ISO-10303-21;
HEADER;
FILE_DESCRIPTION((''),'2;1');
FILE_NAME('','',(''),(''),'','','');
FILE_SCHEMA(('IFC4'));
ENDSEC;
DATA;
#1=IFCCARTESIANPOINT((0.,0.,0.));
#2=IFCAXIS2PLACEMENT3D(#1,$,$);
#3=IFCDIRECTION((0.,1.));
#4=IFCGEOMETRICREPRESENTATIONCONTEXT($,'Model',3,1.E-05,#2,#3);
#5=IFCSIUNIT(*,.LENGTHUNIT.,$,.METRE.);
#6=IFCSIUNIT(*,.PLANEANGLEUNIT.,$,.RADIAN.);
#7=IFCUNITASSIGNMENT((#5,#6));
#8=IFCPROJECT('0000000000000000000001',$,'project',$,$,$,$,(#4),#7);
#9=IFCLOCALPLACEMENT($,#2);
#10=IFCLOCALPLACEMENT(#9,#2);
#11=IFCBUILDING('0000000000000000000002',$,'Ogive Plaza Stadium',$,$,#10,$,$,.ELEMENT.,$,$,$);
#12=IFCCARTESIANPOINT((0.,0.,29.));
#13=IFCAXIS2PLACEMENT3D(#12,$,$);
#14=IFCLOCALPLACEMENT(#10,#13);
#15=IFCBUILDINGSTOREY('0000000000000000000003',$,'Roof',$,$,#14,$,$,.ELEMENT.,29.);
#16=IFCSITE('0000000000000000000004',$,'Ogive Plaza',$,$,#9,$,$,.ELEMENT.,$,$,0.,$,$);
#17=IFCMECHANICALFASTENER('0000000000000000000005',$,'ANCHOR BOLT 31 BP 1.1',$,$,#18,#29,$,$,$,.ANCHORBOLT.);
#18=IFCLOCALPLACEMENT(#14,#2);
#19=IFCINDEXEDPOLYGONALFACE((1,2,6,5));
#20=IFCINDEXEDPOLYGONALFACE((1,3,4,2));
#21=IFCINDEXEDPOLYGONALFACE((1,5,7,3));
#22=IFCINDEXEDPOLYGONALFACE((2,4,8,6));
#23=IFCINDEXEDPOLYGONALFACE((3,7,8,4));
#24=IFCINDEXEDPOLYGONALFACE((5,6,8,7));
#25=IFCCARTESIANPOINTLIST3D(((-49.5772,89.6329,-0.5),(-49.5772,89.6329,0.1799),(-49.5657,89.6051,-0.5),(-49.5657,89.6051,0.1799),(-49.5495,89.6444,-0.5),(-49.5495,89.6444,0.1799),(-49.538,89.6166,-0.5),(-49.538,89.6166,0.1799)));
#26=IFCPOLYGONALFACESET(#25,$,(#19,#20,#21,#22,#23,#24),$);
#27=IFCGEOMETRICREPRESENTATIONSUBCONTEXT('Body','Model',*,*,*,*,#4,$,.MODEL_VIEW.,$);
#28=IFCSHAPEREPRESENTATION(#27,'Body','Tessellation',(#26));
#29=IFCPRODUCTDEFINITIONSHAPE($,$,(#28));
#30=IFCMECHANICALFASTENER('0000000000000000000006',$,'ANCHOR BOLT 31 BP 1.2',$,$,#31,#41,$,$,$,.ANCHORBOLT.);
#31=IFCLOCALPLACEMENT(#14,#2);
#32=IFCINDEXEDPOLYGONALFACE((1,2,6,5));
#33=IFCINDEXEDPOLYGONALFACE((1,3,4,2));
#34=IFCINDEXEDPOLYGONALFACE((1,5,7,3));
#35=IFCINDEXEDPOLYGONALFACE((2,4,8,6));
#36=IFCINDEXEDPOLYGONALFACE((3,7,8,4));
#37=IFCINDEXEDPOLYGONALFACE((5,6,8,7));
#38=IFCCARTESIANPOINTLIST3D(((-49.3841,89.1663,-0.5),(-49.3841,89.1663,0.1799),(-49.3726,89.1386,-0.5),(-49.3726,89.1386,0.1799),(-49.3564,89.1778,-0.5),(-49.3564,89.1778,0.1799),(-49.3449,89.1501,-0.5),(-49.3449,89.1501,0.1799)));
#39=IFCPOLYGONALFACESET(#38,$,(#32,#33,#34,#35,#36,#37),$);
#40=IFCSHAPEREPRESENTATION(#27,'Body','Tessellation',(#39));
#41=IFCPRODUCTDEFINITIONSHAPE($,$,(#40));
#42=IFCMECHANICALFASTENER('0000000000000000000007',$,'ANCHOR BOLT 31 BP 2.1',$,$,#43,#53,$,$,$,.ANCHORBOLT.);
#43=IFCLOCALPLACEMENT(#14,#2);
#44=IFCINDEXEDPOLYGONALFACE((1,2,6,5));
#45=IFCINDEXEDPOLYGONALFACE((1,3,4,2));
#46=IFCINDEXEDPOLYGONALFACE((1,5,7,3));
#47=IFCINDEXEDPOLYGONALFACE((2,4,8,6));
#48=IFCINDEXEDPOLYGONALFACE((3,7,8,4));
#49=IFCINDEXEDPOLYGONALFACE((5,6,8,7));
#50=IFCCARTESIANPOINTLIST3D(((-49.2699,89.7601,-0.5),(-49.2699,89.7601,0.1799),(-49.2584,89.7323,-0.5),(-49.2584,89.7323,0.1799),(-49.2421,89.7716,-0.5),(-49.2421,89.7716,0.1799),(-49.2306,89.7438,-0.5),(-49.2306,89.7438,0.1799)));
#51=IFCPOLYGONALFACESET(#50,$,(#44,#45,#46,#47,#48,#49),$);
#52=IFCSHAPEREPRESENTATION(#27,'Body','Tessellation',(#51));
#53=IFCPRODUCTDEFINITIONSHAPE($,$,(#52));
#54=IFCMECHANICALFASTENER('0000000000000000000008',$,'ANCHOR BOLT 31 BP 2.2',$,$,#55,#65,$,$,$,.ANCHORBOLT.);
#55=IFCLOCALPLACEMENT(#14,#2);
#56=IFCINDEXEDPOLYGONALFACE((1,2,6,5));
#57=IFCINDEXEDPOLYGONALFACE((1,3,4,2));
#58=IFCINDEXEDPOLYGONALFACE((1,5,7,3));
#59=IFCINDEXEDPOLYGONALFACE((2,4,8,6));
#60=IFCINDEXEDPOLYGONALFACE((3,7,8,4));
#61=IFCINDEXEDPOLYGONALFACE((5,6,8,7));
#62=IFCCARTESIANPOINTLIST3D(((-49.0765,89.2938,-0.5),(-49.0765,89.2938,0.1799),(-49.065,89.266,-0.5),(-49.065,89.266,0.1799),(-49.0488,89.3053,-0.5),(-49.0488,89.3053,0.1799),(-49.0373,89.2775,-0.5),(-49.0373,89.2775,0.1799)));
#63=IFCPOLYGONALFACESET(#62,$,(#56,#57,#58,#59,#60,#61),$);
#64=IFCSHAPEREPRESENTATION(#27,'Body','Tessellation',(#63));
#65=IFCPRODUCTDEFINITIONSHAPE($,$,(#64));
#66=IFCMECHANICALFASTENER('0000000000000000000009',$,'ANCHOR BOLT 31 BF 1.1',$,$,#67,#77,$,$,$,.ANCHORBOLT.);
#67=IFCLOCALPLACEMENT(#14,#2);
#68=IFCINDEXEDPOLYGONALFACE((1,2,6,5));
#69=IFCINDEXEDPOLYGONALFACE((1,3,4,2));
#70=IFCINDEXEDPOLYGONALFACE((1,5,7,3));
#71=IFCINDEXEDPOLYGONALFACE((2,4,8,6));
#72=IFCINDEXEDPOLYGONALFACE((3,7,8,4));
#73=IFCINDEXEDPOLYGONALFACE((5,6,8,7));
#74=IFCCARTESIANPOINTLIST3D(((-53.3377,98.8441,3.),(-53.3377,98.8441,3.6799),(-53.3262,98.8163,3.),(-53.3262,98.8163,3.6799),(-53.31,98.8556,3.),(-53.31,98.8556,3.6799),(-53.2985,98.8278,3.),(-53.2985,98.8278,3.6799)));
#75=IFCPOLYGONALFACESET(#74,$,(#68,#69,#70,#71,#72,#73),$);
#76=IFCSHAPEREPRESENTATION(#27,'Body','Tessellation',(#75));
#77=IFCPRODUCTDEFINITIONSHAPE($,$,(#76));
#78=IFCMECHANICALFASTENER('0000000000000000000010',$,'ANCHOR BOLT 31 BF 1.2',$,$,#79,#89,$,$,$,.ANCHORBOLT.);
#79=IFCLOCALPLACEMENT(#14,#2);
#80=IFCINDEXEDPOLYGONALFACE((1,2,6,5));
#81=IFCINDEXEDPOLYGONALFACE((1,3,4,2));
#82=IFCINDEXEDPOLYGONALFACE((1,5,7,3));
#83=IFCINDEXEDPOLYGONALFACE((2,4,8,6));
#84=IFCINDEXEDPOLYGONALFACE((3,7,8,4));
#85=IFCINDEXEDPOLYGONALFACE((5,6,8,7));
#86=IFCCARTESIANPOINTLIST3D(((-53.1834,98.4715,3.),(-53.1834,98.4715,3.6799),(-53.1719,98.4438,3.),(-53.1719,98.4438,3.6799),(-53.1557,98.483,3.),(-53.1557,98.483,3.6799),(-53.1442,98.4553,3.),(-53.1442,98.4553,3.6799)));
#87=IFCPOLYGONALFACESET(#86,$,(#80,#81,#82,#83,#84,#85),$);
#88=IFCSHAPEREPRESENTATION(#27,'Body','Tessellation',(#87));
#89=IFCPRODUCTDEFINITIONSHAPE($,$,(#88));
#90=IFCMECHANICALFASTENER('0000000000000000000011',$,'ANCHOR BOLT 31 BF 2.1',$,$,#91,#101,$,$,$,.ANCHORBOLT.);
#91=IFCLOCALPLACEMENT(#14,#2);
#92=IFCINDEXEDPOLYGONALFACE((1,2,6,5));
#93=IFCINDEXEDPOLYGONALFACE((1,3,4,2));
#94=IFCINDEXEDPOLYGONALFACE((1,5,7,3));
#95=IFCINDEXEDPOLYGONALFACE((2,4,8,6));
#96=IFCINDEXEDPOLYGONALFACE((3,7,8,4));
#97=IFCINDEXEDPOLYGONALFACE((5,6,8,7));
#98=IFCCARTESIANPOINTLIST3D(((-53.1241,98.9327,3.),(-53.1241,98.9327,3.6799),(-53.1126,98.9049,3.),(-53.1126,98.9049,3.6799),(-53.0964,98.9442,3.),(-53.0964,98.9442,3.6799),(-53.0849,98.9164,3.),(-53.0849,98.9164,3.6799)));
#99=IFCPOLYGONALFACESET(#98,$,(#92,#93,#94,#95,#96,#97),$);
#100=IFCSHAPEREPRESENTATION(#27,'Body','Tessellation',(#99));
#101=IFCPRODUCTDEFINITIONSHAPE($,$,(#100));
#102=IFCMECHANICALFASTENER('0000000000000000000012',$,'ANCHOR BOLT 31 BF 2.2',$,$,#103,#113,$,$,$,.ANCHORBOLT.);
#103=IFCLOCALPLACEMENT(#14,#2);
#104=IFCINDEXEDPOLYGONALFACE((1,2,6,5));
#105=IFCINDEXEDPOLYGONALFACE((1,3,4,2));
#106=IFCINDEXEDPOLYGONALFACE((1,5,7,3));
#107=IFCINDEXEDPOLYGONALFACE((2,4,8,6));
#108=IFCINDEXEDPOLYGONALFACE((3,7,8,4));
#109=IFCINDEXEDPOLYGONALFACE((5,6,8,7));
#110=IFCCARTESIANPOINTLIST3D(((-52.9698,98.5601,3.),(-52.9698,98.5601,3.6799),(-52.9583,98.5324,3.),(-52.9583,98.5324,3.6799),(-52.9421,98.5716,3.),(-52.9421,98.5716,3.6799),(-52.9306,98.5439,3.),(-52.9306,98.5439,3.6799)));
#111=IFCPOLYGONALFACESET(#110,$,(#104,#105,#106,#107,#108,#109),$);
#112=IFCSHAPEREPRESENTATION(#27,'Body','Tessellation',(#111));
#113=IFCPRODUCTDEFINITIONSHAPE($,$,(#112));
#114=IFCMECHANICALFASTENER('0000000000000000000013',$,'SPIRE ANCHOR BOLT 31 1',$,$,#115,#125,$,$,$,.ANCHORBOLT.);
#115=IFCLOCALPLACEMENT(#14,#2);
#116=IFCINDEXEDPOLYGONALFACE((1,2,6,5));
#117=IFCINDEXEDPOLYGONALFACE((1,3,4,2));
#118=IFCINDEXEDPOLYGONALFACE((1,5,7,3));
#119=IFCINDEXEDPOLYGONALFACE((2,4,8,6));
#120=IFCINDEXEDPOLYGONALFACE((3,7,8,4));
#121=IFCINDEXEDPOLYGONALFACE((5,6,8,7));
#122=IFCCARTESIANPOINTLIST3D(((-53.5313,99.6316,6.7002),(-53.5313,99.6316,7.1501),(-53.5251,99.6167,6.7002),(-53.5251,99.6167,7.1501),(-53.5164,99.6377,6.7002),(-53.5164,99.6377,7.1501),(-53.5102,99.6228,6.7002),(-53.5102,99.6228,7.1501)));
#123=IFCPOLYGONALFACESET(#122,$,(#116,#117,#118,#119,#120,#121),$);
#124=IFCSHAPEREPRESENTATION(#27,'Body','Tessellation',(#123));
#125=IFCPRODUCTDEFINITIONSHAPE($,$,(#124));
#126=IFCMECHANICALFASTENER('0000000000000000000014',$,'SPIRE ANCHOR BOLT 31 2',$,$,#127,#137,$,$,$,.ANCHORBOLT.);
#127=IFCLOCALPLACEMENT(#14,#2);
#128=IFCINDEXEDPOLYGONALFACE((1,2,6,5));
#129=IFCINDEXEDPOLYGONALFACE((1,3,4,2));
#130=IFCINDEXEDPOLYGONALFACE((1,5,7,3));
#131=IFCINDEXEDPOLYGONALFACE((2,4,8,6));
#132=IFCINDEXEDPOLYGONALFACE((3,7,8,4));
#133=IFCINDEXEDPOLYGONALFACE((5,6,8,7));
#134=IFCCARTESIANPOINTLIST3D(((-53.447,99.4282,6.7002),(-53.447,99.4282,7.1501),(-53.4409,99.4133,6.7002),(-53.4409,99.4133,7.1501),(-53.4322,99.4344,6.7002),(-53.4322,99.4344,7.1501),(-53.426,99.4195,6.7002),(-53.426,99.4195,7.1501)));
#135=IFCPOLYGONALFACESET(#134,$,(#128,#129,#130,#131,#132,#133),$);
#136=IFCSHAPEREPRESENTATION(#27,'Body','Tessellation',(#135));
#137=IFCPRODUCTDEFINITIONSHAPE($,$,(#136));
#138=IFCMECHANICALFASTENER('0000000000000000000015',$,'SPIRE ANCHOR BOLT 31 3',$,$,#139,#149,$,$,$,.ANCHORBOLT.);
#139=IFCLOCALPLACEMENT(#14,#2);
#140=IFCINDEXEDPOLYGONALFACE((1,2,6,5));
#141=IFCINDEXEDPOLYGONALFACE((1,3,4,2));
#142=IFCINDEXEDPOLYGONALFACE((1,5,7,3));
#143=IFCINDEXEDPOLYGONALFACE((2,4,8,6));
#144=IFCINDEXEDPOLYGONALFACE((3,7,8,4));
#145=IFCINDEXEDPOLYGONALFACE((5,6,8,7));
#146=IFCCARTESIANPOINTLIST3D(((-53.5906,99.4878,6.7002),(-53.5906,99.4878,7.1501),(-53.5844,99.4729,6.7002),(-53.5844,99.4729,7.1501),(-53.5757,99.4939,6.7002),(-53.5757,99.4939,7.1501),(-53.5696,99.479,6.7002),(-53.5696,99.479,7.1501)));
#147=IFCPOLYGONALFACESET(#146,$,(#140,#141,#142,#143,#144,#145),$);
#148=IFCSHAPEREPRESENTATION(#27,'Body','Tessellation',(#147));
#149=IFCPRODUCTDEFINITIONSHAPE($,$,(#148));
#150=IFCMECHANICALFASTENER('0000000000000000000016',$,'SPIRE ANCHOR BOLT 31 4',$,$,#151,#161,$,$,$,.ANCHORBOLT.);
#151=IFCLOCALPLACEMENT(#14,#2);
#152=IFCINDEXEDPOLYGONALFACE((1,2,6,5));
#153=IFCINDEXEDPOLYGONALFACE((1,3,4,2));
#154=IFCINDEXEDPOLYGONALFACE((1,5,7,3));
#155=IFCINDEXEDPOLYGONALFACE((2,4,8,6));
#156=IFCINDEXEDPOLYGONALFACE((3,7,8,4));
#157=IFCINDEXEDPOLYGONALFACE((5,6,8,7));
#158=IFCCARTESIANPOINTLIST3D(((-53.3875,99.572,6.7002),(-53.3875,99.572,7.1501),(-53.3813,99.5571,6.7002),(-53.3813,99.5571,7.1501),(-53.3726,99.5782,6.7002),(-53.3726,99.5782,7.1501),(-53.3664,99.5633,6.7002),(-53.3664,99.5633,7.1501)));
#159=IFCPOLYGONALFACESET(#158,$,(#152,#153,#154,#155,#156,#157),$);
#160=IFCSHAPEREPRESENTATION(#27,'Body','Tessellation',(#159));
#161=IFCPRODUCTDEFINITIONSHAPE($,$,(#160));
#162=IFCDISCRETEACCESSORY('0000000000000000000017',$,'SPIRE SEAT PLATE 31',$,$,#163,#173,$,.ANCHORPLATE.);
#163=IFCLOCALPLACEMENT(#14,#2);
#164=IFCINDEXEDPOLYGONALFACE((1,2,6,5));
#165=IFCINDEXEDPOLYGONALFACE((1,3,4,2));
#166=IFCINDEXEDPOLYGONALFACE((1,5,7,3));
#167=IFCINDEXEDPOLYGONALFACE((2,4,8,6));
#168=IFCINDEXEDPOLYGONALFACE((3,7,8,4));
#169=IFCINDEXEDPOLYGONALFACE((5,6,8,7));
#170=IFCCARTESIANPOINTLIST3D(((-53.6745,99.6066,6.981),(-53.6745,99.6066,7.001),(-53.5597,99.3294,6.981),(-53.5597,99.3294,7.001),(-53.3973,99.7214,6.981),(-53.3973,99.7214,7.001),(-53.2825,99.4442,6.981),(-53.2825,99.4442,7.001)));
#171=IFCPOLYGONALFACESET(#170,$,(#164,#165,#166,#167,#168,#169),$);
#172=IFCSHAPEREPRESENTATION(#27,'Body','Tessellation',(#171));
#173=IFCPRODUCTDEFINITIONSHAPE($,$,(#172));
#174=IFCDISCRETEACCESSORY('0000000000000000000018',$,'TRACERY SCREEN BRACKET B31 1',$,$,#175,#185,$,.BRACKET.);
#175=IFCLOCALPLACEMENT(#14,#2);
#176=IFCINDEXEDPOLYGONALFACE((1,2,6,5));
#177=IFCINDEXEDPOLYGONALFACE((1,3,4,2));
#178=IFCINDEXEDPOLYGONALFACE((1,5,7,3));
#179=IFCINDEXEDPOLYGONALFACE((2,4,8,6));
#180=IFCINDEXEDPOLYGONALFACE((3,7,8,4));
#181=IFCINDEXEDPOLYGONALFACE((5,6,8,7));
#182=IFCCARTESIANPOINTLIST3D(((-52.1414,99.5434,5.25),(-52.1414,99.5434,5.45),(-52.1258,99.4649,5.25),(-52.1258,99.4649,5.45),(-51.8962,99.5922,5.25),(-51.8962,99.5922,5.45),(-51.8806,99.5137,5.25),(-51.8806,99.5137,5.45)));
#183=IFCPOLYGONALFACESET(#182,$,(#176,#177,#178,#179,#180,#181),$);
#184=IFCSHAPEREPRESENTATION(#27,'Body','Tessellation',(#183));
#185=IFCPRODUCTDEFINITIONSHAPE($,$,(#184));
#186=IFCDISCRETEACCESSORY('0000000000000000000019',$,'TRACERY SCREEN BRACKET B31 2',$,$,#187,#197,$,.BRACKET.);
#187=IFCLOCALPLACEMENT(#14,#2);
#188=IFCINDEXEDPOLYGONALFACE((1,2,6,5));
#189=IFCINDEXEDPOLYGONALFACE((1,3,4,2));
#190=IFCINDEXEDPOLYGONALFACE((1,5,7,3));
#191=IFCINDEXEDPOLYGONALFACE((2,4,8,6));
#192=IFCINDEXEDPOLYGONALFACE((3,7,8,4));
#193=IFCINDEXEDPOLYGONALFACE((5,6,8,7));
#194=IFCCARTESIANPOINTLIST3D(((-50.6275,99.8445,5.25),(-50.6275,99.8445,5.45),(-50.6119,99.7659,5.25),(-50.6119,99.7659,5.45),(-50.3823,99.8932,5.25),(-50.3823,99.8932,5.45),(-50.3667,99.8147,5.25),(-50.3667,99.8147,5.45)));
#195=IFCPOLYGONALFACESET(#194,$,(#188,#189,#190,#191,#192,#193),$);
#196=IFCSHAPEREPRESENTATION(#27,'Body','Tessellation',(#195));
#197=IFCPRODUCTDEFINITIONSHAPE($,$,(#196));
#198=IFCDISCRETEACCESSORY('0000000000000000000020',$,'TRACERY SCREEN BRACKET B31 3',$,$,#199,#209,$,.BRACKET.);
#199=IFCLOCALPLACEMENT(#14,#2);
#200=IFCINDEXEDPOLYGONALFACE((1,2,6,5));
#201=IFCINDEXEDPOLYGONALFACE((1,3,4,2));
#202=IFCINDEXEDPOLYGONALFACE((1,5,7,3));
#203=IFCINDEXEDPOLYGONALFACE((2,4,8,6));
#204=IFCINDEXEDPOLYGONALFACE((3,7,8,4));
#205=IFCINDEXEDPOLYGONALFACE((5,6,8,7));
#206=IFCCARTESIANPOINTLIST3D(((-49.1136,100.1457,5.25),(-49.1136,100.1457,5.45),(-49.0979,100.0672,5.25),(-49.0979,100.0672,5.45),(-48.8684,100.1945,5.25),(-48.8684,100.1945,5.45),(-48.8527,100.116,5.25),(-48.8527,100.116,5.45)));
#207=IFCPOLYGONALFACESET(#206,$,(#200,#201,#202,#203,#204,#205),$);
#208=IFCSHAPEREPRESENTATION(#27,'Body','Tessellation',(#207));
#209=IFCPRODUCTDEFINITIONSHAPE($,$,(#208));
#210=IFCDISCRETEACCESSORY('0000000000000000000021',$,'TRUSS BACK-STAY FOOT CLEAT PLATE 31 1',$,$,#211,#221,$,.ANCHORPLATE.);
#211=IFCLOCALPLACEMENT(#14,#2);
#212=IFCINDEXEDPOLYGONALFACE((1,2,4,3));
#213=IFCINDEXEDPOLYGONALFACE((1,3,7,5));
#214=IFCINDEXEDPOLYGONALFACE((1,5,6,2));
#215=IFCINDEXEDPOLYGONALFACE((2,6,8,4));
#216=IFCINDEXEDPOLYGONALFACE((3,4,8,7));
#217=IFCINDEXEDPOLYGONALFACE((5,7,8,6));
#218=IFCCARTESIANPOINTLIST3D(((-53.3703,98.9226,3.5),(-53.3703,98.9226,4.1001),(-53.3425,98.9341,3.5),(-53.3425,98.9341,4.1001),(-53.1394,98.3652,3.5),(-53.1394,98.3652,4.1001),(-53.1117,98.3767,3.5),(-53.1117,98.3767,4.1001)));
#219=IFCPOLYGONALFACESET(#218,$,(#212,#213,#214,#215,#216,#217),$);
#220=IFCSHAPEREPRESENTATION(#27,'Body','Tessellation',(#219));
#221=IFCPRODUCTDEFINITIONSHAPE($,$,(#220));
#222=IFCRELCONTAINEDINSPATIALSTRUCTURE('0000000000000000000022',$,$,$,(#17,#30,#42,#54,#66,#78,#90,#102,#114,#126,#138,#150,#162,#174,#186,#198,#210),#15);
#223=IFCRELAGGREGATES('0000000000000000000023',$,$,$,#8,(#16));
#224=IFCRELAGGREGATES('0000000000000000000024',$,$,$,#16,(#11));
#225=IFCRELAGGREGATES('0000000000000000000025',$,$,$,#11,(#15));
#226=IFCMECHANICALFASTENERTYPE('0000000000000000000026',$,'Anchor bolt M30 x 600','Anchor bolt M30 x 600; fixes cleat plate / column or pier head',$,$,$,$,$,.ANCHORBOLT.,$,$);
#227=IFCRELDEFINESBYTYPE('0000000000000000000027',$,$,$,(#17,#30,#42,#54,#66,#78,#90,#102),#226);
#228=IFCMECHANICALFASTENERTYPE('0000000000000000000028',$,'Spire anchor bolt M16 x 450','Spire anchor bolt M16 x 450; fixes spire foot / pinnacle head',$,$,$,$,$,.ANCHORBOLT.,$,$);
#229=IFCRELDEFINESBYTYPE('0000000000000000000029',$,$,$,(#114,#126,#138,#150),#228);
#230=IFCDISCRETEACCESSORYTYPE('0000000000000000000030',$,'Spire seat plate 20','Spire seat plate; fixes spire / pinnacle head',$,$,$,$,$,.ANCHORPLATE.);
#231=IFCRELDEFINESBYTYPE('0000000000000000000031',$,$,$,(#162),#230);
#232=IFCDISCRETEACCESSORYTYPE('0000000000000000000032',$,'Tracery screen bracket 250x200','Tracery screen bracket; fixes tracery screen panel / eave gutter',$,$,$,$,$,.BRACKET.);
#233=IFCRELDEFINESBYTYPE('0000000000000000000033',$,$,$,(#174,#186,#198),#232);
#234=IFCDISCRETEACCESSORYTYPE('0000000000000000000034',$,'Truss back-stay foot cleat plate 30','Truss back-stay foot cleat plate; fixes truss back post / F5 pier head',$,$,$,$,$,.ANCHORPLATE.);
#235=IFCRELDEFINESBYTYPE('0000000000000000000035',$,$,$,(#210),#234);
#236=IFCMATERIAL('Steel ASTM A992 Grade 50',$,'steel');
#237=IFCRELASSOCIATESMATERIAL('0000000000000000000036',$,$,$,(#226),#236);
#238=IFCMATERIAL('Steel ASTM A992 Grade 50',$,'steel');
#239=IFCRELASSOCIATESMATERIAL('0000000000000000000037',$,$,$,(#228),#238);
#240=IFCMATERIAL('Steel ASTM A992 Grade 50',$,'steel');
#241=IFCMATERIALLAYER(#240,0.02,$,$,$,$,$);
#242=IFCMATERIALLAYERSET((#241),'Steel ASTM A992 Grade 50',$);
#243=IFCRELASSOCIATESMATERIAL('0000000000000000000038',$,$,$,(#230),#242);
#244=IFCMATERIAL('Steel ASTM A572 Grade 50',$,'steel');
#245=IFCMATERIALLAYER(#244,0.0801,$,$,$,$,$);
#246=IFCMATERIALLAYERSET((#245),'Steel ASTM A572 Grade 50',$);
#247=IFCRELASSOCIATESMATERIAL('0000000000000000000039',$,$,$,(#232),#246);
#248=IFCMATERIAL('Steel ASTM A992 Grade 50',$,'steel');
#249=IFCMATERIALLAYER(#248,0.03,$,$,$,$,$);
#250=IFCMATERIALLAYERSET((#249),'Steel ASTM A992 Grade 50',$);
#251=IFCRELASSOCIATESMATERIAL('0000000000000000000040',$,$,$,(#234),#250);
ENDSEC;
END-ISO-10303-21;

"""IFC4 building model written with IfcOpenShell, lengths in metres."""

from ifc_helpers import new_model, si_unit, direction, frame, origin, origin_2d, place, context, subcontext, project, spatial, rectangle, extrude, material, layer, layer_set, type_object, element, save


model = new_model("IFC4")

# Units and contexts
model_context = context("Model", 3, precision=1e-05, world=origin(), true_north=direction((0.0, 1.0)))
body_context = subcontext(model_context, "Body", "Model", "MODEL_VIEW")
ifc_project = project(units=[si_unit("LENGTHUNIT", "METRE"), si_unit("PLANEANGLEUNIT", "RADIAN")], contexts=[model_context])

# Site, building, storey
site_placement = place(None, origin())
site = spatial("IfcSite", under=ifc_project, at=site_placement, Name="Ogive Plaza", CompositionType="ELEMENT", RefElevation=0.0)
building_placement = place(site_placement, origin())
building = spatial("IfcBuilding", under=site, at=building_placement, Name="Ogive Plaza Stadium", CompositionType="ELEMENT")
storey_placement = place(building_placement, frame((0.0, 0.0, 29.0)))
storey = spatial("IfcBuildingStorey", under=building, at=storey_placement, Name="Roof", CompositionType="ELEMENT", Elevation=29.0)

# Mechanical fasteners
ifc_material_1 = material(Name="Steel ASTM A992 Grade 50", Category="steel")
mechanical_fastener_type_1 = type_object("IfcMechanicalFastenerType", Name="Anchor bolt M30 x 600", Description="Anchor bolt M30 x 600; fixes cleat plate / column or pier head", PredefinedType="ANCHORBOLT", material=ifc_material_1)
for number, where, z_axis, x_axis, name in (
    (1, (-49.5576, 89.6248, -0.5), (0.0, 0.0, 1.0), (-0.382683, 0.92388, 0.0), "ANCHOR BOLT 31 BP 1.1"),
    (2, (-49.3645, 89.1582, -0.5), (0.0, 0.0, 1.0), (-0.382683, 0.92388, 0.0), "ANCHOR BOLT 31 BP 1.2"),
    (3, (-49.2502, 89.752, -0.5), (0.0, 0.0, 1.0), (-0.382683, 0.92388, 0.0), "ANCHOR BOLT 31 BP 2.1"),
    (4, (-49.0569, 89.2856, -0.5), (0.0, 0.0, 1.0), (-0.382683, 0.92388, 0.0), "ANCHOR BOLT 31 BP 2.2"),
    (5, (-53.3181, 98.8359, 3.0), (0.0, 0.0, 1.0), (-0.382683, 0.92388, 0.0), "ANCHOR BOLT 31 BF 1.1"),
    (6, (-53.1638, 98.4634, 3.0), (0.0, 0.0, 1.0), (-0.382683, 0.92388, 0.0), "ANCHOR BOLT 31 BF 1.2"),
    (7, (-53.1045, 98.9246, 3.0), (0.0, 0.0, 1.0), (-0.382683, 0.92388, 0.0), "ANCHOR BOLT 31 BF 2.1"),
    (8, (-52.9502, 98.552, 3.0), (0.0, 0.0, 1.0), (-0.382683, 0.92388, 0.0), "ANCHOR BOLT 31 BF 2.2"),
):
    element("IfcMechanicalFastener", number, at=place(storey_placement, frame(where, z_axis=z_axis, x_axis=x_axis)), inside=storey, type_object=mechanical_fastener_type_1, Name=name, PredefinedType="ANCHORBOLT", context=body_context, shape_type="SweptSolid", body=[
        extrude(rectangle(XDim=0.03, YDim=0.03, at=origin_2d()), origin(), (0.0, 0.0, 1.0), 0.6799),
    ])
ifc_material_2 = material(Name="Steel ASTM A992 Grade 50", Category="steel")
mechanical_fastener_type_2 = type_object("IfcMechanicalFastenerType", Name="Spire anchor bolt M16 x 450", Description="Spire anchor bolt M16 x 450; fixes spire foot / pinnacle head", PredefinedType="ANCHORBOLT", material=ifc_material_2)
for number, where, z_axis, x_axis, name in (
    (9, (-53.5208, 99.6272, 6.7002), (0.0, 0.0, 1.0), (-0.382683, 0.92388, 0.0), "SPIRE ANCHOR BOLT 31 1"),
    (10, (-53.4365, 99.4238, 6.7002), (0.0, 0.0, 1.0), (-0.382683, 0.92388, 0.0), "SPIRE ANCHOR BOLT 31 2"),
    (11, (-53.5801, 99.4834, 6.7002), (0.0, 0.0, 1.0), (-0.382683, 0.92388, 0.0), "SPIRE ANCHOR BOLT 31 3"),
    (12, (-53.377, 99.5676, 6.7002), (0.0, 0.0, 1.0), (-0.382683, 0.92388, 0.0), "SPIRE ANCHOR BOLT 31 4"),
):
    element("IfcMechanicalFastener", number, at=place(storey_placement, frame(where, z_axis=z_axis, x_axis=x_axis)), inside=storey, type_object=mechanical_fastener_type_2, Name=name, PredefinedType="ANCHORBOLT", context=body_context, shape_type="SweptSolid", body=[
        extrude(rectangle(XDim=0.0161, YDim=0.0161, at=origin_2d()), origin(), (0.0, 0.0, 1.0), 0.45),
    ])

# Discrete accessories
ifc_material_3 = material(Name="Steel ASTM A992 Grade 50", Category="steel")
ifc_layer_1 = layer(ifc_material_3, 0.02)
ifc_layer_set_1 = layer_set([ifc_layer_1], Name="Steel ASTM A992 Grade 50")
discrete_accessory_type_1 = type_object("IfcDiscreteAccessoryType", Name="Spire seat plate 20", Description="Spire seat plate; fixes spire / pinnacle head", PredefinedType="ANCHORPLATE", material=ifc_layer_set_1)
discrete_accessory_placement = place(storey_placement, frame((-53.4785, 99.5254, 6.981), z_axis=(0.0, 0.0, 1.0), x_axis=(-0.382683, 0.92388, 0.0)))
element("IfcDiscreteAccessory", 13, at=discrete_accessory_placement, inside=storey, type_object=discrete_accessory_type_1, Name="SPIRE SEAT PLATE 31", PredefinedType="ANCHORPLATE", context=body_context, shape_type="SweptSolid", body=[
    extrude(rectangle(XDim=0.3, YDim=0.3, at=origin_2d()), origin(), (0.0, 0.0, 1.0), 0.02),
])
ifc_material_4 = material(Name="Steel ASTM A572 Grade 50", Category="steel")
ifc_layer_2 = layer(ifc_material_4, 0.0801)
ifc_layer_set_2 = layer_set([ifc_layer_2], Name="Steel ASTM A572 Grade 50")
discrete_accessory_type_2 = type_object("IfcDiscreteAccessoryType", Name="Tracery screen bracket 250x200", Description="Tracery screen bracket; fixes tracery screen panel / eave gutter", PredefinedType="BRACKET", material=ifc_layer_set_2)
for number, where, z_axis, x_axis, name in (
    (14, (-52.011, 99.5286, 5.25), (0.0, 0.0, 1.0), (0.980785, 0.19509, 0.0), "TRACERY SCREEN BRACKET B31 1"),
    (15, (-50.4971, 99.8296, 5.25), (0.0, 0.0, 1.0), (0.980785, 0.19509, 0.0), "TRACERY SCREEN BRACKET B31 2"),
    (16, (-48.9832, 100.1309, 5.25), (0.0, 0.0, 1.0), (0.980785, 0.19509, 0.0), "TRACERY SCREEN BRACKET B31 3"),
):
    element("IfcDiscreteAccessory", number, at=place(storey_placement, frame(where, z_axis=z_axis, x_axis=x_axis)), inside=storey, type_object=discrete_accessory_type_2, Name=name, PredefinedType="BRACKET", context=body_context, shape_type="SweptSolid", body=[
        extrude(rectangle(XDim=0.25, YDim=0.0801, at=origin_2d()), origin(), (0.0, 0.0, 1.0), 0.2),
    ])
ifc_material_5 = material(Name="Steel ASTM A992 Grade 50", Category="steel")
ifc_layer_3 = layer(ifc_material_5, 0.03)
ifc_layer_set_3 = layer_set([ifc_layer_3], Name="Steel ASTM A992 Grade 50")
discrete_accessory_type_3 = type_object("IfcDiscreteAccessoryType", Name="Truss back-stay foot cleat plate 30", Description="Truss back-stay foot cleat plate; fixes truss back post / F5 pier head", PredefinedType="ANCHORPLATE", material=ifc_layer_set_3)
for number, where, z_axis, x_axis, name in (
    (17, (-53.241, 98.6497, 3.5), (0.0, 0.0, 1.0), (-0.382683, 0.92388, 0.0), "TRUSS BACK-STAY FOOT CLEAT PLATE 31 1"),
):
    element("IfcDiscreteAccessory", number, at=place(storey_placement, frame(where, z_axis=z_axis, x_axis=x_axis)), inside=storey, type_object=discrete_accessory_type_3, Name=name, PredefinedType="ANCHORPLATE", context=body_context, shape_type="SweptSolid", body=[
        extrude(rectangle(XDim=0.6033, YDim=0.03, at=origin_2d()), origin(), (0.0, 0.0, 1.0), 0.6001),
    ])

save(model, "model.ifc")
